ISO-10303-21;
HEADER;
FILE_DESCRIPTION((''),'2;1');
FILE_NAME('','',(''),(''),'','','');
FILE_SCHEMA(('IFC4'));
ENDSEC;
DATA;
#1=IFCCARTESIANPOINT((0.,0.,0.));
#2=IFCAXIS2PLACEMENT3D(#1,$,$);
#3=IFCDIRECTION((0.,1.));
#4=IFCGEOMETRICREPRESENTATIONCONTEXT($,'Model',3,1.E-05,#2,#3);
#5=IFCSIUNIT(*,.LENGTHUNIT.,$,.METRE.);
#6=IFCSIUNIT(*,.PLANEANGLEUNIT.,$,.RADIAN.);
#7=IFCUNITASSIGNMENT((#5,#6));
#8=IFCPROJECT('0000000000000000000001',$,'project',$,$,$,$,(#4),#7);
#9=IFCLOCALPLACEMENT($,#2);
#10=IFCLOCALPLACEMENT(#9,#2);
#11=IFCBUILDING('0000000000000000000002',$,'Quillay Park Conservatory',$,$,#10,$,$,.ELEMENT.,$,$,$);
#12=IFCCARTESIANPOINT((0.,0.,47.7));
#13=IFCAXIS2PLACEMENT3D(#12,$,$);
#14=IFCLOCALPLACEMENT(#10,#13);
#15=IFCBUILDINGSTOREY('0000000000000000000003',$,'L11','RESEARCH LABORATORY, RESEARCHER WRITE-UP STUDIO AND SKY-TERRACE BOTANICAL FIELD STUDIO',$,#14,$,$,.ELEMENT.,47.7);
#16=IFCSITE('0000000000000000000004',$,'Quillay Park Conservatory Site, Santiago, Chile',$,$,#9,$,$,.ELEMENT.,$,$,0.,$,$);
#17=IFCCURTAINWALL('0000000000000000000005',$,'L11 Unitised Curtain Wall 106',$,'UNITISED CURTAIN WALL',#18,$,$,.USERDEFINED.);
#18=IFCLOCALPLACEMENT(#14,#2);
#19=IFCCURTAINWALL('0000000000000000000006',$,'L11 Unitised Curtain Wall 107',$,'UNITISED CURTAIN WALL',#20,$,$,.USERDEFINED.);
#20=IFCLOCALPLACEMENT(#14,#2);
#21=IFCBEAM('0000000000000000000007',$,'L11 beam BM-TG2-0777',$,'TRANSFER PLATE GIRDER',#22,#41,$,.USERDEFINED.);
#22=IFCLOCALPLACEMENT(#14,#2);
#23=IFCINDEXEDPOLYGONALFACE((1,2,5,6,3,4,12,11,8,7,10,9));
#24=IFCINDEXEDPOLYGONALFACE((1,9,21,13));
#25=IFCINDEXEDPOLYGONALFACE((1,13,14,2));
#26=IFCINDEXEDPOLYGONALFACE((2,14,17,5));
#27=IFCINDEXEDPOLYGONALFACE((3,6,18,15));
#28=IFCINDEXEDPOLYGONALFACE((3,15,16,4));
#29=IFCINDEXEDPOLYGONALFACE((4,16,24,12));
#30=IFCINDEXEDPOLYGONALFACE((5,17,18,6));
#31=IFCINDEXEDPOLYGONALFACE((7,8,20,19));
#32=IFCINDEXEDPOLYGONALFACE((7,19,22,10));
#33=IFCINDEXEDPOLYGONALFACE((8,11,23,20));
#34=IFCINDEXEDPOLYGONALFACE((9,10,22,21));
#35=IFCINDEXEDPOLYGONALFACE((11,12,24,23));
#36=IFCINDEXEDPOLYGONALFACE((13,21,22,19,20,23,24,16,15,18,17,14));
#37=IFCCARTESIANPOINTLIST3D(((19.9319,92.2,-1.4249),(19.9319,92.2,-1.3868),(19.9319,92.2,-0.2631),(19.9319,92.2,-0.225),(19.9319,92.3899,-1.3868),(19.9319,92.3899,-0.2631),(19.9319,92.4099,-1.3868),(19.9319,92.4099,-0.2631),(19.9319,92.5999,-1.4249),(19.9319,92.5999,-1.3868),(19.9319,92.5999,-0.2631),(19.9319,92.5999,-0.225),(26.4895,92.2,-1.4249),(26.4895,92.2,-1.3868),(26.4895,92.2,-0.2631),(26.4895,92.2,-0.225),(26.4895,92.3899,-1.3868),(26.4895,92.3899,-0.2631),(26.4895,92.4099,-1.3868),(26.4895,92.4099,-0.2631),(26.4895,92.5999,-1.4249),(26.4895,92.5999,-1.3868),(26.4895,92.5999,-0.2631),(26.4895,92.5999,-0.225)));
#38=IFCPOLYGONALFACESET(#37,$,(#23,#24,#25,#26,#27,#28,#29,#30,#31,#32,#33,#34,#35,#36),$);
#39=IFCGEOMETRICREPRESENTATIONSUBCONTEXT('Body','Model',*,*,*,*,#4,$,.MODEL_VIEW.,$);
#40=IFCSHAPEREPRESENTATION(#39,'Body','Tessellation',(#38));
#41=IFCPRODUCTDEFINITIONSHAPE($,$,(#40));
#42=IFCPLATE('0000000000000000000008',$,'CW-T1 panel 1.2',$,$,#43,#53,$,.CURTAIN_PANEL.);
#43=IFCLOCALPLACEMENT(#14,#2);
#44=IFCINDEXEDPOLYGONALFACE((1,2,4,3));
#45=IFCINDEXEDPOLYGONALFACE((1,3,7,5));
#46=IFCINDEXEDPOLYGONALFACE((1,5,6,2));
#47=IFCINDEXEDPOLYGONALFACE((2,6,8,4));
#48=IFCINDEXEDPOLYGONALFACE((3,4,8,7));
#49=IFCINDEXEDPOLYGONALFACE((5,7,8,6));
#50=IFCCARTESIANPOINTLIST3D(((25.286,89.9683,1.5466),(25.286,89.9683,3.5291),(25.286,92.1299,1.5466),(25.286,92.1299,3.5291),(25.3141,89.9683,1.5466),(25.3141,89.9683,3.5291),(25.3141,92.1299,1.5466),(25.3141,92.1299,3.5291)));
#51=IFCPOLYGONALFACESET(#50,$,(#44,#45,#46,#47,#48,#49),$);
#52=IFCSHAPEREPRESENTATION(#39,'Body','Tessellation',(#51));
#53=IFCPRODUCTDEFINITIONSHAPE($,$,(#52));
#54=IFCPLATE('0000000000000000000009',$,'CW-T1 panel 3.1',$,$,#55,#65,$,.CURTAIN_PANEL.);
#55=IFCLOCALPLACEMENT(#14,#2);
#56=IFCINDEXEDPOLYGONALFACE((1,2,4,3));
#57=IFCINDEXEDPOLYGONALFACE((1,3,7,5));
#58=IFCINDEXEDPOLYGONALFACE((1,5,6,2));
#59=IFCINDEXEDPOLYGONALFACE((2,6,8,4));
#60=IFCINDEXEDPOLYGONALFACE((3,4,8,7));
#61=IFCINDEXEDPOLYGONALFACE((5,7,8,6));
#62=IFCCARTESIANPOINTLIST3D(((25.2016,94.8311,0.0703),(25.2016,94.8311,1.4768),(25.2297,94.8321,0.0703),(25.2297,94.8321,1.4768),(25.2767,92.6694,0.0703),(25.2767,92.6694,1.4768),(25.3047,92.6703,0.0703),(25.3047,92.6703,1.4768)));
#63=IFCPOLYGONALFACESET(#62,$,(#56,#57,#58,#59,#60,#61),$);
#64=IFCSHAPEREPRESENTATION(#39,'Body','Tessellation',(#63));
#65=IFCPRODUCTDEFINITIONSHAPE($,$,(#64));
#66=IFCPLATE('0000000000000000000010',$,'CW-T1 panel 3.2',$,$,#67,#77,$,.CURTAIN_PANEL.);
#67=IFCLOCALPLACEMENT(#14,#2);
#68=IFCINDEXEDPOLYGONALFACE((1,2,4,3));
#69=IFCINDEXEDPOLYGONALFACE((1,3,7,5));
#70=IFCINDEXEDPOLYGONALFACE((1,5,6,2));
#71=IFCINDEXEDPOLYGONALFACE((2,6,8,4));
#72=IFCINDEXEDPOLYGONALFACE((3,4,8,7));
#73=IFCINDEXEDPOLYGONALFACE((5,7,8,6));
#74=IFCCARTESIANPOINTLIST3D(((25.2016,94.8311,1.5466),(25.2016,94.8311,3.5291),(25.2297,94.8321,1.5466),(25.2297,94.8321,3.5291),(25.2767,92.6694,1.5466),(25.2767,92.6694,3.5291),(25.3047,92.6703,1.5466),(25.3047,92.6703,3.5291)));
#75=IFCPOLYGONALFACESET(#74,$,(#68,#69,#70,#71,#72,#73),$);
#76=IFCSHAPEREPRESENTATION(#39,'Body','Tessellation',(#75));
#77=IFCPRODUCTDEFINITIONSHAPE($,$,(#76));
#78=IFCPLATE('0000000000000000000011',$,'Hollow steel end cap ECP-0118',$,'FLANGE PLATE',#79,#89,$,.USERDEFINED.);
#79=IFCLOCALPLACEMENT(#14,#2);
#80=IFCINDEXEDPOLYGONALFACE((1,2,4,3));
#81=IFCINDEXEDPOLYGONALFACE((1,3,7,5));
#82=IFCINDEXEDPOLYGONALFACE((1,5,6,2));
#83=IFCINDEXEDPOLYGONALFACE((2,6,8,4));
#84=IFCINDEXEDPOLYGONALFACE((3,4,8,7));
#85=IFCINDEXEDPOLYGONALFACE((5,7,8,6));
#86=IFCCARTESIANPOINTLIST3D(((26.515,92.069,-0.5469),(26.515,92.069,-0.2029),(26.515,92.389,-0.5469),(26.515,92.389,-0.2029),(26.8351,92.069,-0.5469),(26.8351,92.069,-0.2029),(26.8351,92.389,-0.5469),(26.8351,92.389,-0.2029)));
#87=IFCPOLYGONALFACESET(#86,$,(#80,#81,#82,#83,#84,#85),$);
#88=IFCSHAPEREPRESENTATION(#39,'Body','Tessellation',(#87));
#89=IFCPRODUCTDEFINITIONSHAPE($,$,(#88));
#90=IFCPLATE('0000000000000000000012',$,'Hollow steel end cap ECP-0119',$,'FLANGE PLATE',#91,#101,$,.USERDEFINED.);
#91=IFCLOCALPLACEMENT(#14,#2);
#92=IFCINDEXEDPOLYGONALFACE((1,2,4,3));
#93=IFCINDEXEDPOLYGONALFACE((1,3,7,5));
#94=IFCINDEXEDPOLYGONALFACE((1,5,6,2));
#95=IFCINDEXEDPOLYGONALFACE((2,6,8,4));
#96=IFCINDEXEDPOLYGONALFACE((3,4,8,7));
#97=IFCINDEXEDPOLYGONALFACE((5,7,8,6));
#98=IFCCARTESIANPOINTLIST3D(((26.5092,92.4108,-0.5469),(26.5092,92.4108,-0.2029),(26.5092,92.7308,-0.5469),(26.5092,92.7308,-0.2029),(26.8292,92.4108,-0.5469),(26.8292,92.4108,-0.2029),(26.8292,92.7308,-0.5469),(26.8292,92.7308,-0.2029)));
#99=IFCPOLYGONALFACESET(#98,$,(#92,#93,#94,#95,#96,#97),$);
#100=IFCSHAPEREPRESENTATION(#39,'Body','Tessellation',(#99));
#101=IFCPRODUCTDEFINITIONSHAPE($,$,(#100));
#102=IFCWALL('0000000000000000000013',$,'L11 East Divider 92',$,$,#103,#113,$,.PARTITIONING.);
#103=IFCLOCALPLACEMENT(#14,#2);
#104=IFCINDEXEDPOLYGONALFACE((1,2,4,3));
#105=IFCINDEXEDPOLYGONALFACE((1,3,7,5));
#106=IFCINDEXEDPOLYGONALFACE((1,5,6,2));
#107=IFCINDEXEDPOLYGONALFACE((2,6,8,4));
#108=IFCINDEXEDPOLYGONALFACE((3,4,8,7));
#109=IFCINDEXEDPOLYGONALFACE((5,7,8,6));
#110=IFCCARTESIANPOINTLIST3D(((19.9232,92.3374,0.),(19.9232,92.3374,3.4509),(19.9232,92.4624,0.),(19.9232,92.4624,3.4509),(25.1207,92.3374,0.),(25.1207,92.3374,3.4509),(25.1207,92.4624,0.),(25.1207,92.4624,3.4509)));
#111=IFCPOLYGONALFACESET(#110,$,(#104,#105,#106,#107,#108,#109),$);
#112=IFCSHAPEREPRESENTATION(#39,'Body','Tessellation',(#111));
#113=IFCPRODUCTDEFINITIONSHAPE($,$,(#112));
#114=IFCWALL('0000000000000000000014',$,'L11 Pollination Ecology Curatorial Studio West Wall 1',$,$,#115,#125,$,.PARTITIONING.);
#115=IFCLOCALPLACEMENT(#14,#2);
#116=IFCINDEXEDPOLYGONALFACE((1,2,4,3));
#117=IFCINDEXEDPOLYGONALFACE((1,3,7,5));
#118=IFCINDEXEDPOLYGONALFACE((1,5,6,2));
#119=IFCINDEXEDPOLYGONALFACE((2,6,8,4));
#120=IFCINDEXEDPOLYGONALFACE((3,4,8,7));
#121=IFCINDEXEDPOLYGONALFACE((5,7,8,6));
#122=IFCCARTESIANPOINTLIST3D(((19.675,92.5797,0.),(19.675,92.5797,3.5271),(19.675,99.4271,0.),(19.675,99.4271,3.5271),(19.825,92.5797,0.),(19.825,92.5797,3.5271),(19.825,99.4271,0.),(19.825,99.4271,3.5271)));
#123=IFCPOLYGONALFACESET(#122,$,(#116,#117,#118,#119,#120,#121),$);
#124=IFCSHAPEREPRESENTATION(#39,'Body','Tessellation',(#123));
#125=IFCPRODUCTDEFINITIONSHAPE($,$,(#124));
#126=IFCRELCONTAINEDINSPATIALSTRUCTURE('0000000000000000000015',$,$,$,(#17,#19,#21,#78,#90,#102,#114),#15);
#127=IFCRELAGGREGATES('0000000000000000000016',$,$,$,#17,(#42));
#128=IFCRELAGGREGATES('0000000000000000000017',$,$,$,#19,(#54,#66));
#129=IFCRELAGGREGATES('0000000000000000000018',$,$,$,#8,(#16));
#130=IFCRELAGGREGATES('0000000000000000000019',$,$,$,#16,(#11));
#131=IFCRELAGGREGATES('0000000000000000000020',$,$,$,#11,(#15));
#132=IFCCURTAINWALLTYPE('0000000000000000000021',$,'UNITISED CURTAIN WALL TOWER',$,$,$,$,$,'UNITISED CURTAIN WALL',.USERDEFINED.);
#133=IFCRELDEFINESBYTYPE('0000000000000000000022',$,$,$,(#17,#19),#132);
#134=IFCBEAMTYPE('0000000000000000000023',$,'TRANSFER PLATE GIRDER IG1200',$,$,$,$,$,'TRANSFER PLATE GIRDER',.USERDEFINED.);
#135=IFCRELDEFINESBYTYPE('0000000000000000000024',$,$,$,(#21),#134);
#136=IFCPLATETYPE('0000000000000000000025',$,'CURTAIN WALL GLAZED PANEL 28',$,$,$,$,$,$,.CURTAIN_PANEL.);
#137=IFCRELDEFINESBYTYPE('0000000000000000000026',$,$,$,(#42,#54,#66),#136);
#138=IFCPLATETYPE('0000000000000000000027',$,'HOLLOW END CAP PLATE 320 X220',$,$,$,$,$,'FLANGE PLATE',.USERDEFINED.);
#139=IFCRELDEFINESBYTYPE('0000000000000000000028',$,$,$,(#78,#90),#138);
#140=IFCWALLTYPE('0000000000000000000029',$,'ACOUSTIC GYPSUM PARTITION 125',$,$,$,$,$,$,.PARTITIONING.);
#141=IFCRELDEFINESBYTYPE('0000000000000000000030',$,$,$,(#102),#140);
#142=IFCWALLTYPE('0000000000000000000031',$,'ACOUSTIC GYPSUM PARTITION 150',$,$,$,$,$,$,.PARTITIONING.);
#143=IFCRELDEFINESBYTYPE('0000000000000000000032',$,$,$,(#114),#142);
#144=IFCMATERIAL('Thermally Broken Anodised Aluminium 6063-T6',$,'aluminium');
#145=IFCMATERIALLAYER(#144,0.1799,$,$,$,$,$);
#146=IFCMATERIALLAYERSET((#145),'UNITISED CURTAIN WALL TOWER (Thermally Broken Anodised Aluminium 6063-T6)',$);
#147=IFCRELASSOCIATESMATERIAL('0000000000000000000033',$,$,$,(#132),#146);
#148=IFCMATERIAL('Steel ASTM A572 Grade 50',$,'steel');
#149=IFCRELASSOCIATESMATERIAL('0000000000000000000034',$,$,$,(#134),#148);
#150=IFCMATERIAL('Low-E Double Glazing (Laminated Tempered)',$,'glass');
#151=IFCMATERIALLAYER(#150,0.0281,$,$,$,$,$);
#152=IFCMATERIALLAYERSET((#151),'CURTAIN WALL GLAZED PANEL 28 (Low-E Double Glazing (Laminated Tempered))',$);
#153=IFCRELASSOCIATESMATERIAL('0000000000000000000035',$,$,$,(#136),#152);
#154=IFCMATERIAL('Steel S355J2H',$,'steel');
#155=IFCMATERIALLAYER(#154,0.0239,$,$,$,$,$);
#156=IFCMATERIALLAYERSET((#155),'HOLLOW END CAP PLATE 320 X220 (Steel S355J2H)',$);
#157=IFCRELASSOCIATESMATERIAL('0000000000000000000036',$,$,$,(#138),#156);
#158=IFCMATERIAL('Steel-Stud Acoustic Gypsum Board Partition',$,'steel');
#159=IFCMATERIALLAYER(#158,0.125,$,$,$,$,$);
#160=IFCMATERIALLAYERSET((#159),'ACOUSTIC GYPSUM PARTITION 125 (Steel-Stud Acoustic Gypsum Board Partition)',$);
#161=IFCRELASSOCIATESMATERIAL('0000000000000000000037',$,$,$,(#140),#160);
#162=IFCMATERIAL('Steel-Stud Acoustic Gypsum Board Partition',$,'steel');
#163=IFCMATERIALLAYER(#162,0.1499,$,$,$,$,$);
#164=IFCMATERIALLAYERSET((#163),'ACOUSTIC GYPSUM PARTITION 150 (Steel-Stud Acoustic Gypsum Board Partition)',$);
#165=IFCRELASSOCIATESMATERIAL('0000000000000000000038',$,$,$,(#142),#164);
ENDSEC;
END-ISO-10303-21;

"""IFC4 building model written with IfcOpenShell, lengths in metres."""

from ifc_helpers import new_model, si_unit, direction, frame, frame_2d, origin, origin_2d, place, context, subcontext, project, spatial, rectangle, i_section, extrude, material, layer, layer_set, material_profile, profile_set, type_object, element, aggregate, save


model = new_model("IFC4")

# Units and contexts
model_context = context("Model", 3, precision=1e-05, world=origin(), true_north=direction((0.0, 1.0)))
body_context = subcontext(model_context, "Body", "Model", "MODEL_VIEW")
ifc_project = project(units=[si_unit("LENGTHUNIT", "METRE"), si_unit("PLANEANGLEUNIT", "RADIAN")], contexts=[model_context])

# Site, building, storey
site_placement = place(None, origin())
site = spatial("IfcSite", under=ifc_project, at=site_placement, Name="Quillay Park Conservatory Site, Santiago, Chile", CompositionType="ELEMENT", RefElevation=0.0)
building_placement = place(site_placement, origin())
building = spatial("IfcBuilding", under=site, at=building_placement, Name="Quillay Park Conservatory", CompositionType="ELEMENT")
storey_placement = place(building_placement, frame((0.0, 0.0, 47.7)))
storey = spatial("IfcBuildingStorey", under=building, at=storey_placement, Name="L11", Description="RESEARCH LABORATORY, RESEARCHER WRITE-UP STUDIO AND SKY-TERRACE BOTANICAL FIELD STUDIO", CompositionType="ELEMENT", Elevation=47.7)

# Curtain wall
ifc_material_1 = material(Name="Thermally Broken Anodised Aluminium 6063-T6", Category="aluminium")
ifc_layer_1 = layer(ifc_material_1, 0.1799)
ifc_layer_set_1 = layer_set([ifc_layer_1], Name="UNITISED CURTAIN WALL TOWER (Thermally Broken Anodised Aluminium 6063-T6)")
curtain_wall_type = type_object("IfcCurtainWallType", Name="UNITISED CURTAIN WALL TOWER", ElementType="UNITISED CURTAIN WALL", PredefinedType="USERDEFINED", material=ifc_layer_set_1)
curtain_wall_1_placement = place(storey_placement, origin())
curtain_wall_1 = element("IfcCurtainWall", 1, at=curtain_wall_1_placement, inside=storey, type_object=curtain_wall_type, Name="L11 Unitised Curtain Wall 106", ObjectType="UNITISED CURTAIN WALL", PredefinedType="USERDEFINED")

# Curtain wall
curtain_wall_2_placement = place(storey_placement, origin())
curtain_wall_2 = element("IfcCurtainWall", 2, at=curtain_wall_2_placement, inside=storey, type_object=curtain_wall_type, Name="L11 Unitised Curtain Wall 107", ObjectType="UNITISED CURTAIN WALL", PredefinedType="USERDEFINED")

# Beam
ifc_material_2 = material(Name="Steel ASTM A572 Grade 50", Category="steel")
ifc_material_profile_1 = material_profile(ifc_material_2, i_section(OverallWidth=0.3999, OverallDepth=1.2, WebThickness=0.02, FlangeThickness=0.0381, at=origin_2d()), Name="IG1200x400")
ifc_profile_set_1 = profile_set([ifc_material_profile_1], Name="Steel ASTM A572 Grade 50")
beam_type_1 = type_object("IfcBeamType", Name="TRANSFER PLATE GIRDER IG1200", ElementType="TRANSFER PLATE GIRDER", PredefinedType="USERDEFINED", material=ifc_profile_set_1)
beam_1_placement = place(storey_placement, frame((19.9319, 92.3999, -0.825), z_axis=(1.0, 0.0, 0.0), x_axis=(0.0, 1.0, 0.0)))
element("IfcBeam", 3, at=beam_1_placement, inside=storey, type_object=beam_type_1, Name="L11 beam BM-TG2-0777", ObjectType="TRANSFER PLATE GIRDER", PredefinedType="USERDEFINED", context=body_context, shape_type="SweptSolid", body=[
    extrude(i_section(OverallWidth=0.3999, OverallDepth=1.2, WebThickness=0.02, FlangeThickness=0.0381, at=origin_2d()), origin(), (0.0, 0.0, 1.0), 6.5576),
])

# Plates
ifc_material_3 = material(Name="Low-E Double Glazing (Laminated Tempered)", Category="glass")
ifc_layer_2 = layer(ifc_material_3, 0.0281)
ifc_layer_set_2 = layer_set([ifc_layer_2], Name="CURTAIN WALL GLAZED PANEL 28 (Low-E Double Glazing (Laminated Tempered))")
plate_type_1 = type_object("IfcPlateType", Name="CURTAIN WALL GLAZED PANEL 28", PredefinedType="CURTAIN_PANEL", material=ifc_layer_set_2)
plate_1_placement = place(storey_placement, frame((25.3, 91.0491, 1.5466), z_axis=(0.0, 0.0, 1.0), x_axis=(0.0, -1.0, 0.0)))
plate_1 = element("IfcPlate", 4, at=plate_1_placement, type_object=plate_type_1, Name="CW-T1 panel 1.2", PredefinedType="CURTAIN_PANEL", context=body_context, shape_type="SweptSolid", body=[
    extrude(rectangle(XDim=2.1616, YDim=0.0281, at=origin_2d()), origin(), (0.0, 0.0, 1.0), 1.9824),
])
aggregate(curtain_wall_1, [plate_1])
plate_2_placement = place(storey_placement, frame((25.2532, 93.7507, 0.0703), z_axis=(0.0, 0.0, 1.0), x_axis=(0.034713, -0.999397, 0.0)))
plate_2 = element("IfcPlate", 5, at=plate_2_placement, type_object=plate_type_1, Name="CW-T1 panel 3.1", PredefinedType="CURTAIN_PANEL", context=body_context, shape_type="SweptSolid", body=[
    extrude(rectangle(XDim=2.1631, YDim=0.0281, at=origin_2d()), origin(), (0.0, 0.0, 1.0), 1.4065),
])
plate_3_placement = place(storey_placement, frame((25.2532, 93.7507, 1.5466), z_axis=(0.0, 0.0, 1.0), x_axis=(0.034713, -0.999397, 0.0)))
plate_3 = element("IfcPlate", 6, at=plate_3_placement, type_object=plate_type_1, Name="CW-T1 panel 3.2", PredefinedType="CURTAIN_PANEL", context=body_context, shape_type="SweptSolid", body=[
    extrude(rectangle(XDim=2.1631, YDim=0.0281, at=origin_2d()), origin(), (0.0, 0.0, 1.0), 1.9824),
])
aggregate(curtain_wall_2, [plate_2, plate_3])

# Plates
ifc_material_4 = material(Name="Steel S355J2H", Category="steel")
ifc_layer_3 = layer(ifc_material_4, 0.0239)
ifc_layer_set_3 = layer_set([ifc_layer_3], Name="HOLLOW END CAP PLATE 320 X220 (Steel S355J2H)")
plate_type_2 = type_object("IfcPlateType", Name="HOLLOW END CAP PLATE 320 X220", ElementType="FLANGE PLATE", PredefinedType="USERDEFINED", material=ifc_layer_set_3)
for number, where, z_axis, x_axis, name in (
    (7, (26.675, 92.229, -0.5469), (0.0, 0.0, 1.0), (1.0, 0.0, 0.0), "Hollow steel end cap ECP-0118"),
    (8, (26.6692, 92.5708, -0.5469), (0.0, 0.0, 1.0), (1.0, 0.0, 0.0), "Hollow steel end cap ECP-0119"),
):
    element("IfcPlate", number, at=place(storey_placement, frame(where, z_axis=z_axis, x_axis=x_axis)), inside=storey, type_object=plate_type_2, Name=name, ObjectType="FLANGE PLATE", PredefinedType="USERDEFINED", context=body_context, shape_type="SweptSolid", body=[
        extrude(rectangle(XDim=0.3201, YDim=0.3201, at=origin_2d()), origin(), (0.0, 0.0, 1.0), 0.344),
    ])

# Walls
ifc_material_5 = material(Name="Steel-Stud Acoustic Gypsum Board Partition", Category="steel")
ifc_layer_4 = layer(ifc_material_5, 0.125)
ifc_layer_set_4 = layer_set([ifc_layer_4], Name="ACOUSTIC GYPSUM PARTITION 125 (Steel-Stud Acoustic Gypsum Board Partition)")
wall_type_1 = type_object("IfcWallType", Name="ACOUSTIC GYPSUM PARTITION 125", PredefinedType="PARTITIONING", material=ifc_layer_set_4)
wall_1_placement = place(storey_placement, frame((25.1206, 92.3999, 0.0), z_axis=(0.0, 0.0, 1.0), x_axis=(-1.0, 0.0, 0.0)))
element("IfcWall", 9, at=wall_1_placement, inside=storey, type_object=wall_type_1, Name="L11 East Divider 92", PredefinedType="PARTITIONING", context=body_context, shape_type="SweptSolid", body=[
    extrude(rectangle(XDim=5.1975, YDim=0.125, at=frame_2d((2.5986, 0.0))), origin(), (0.0, 0.0, 1.0), 3.4509),
])
ifc_material_6 = material(Name="Steel-Stud Acoustic Gypsum Board Partition", Category="steel")
ifc_layer_5 = layer(ifc_material_6, 0.1499)
ifc_layer_set_5 = layer_set([ifc_layer_5], Name="ACOUSTIC GYPSUM PARTITION 150 (Steel-Stud Acoustic Gypsum Board Partition)")
wall_type_2 = type_object("IfcWallType", Name="ACOUSTIC GYPSUM PARTITION 150", PredefinedType="PARTITIONING", material=ifc_layer_set_5)
wall_2_placement = place(storey_placement, frame((19.75, 92.5796, 0.0), z_axis=(0.0, 0.0, 1.0), x_axis=(0.0, 1.0, 0.0)))
element("IfcWall", 10, at=wall_2_placement, inside=storey, type_object=wall_type_2, Name="L11 Pollination Ecology Curatorial Studio West Wall 1", PredefinedType="PARTITIONING", context=body_context, shape_type="SweptSolid", body=[
    extrude(rectangle(XDim=6.8474, YDim=0.1499, at=frame_2d((3.4238, 0.0))), origin(), (0.0, 0.0, 1.0), 3.5271),
])

save(model, "model.ifc")
